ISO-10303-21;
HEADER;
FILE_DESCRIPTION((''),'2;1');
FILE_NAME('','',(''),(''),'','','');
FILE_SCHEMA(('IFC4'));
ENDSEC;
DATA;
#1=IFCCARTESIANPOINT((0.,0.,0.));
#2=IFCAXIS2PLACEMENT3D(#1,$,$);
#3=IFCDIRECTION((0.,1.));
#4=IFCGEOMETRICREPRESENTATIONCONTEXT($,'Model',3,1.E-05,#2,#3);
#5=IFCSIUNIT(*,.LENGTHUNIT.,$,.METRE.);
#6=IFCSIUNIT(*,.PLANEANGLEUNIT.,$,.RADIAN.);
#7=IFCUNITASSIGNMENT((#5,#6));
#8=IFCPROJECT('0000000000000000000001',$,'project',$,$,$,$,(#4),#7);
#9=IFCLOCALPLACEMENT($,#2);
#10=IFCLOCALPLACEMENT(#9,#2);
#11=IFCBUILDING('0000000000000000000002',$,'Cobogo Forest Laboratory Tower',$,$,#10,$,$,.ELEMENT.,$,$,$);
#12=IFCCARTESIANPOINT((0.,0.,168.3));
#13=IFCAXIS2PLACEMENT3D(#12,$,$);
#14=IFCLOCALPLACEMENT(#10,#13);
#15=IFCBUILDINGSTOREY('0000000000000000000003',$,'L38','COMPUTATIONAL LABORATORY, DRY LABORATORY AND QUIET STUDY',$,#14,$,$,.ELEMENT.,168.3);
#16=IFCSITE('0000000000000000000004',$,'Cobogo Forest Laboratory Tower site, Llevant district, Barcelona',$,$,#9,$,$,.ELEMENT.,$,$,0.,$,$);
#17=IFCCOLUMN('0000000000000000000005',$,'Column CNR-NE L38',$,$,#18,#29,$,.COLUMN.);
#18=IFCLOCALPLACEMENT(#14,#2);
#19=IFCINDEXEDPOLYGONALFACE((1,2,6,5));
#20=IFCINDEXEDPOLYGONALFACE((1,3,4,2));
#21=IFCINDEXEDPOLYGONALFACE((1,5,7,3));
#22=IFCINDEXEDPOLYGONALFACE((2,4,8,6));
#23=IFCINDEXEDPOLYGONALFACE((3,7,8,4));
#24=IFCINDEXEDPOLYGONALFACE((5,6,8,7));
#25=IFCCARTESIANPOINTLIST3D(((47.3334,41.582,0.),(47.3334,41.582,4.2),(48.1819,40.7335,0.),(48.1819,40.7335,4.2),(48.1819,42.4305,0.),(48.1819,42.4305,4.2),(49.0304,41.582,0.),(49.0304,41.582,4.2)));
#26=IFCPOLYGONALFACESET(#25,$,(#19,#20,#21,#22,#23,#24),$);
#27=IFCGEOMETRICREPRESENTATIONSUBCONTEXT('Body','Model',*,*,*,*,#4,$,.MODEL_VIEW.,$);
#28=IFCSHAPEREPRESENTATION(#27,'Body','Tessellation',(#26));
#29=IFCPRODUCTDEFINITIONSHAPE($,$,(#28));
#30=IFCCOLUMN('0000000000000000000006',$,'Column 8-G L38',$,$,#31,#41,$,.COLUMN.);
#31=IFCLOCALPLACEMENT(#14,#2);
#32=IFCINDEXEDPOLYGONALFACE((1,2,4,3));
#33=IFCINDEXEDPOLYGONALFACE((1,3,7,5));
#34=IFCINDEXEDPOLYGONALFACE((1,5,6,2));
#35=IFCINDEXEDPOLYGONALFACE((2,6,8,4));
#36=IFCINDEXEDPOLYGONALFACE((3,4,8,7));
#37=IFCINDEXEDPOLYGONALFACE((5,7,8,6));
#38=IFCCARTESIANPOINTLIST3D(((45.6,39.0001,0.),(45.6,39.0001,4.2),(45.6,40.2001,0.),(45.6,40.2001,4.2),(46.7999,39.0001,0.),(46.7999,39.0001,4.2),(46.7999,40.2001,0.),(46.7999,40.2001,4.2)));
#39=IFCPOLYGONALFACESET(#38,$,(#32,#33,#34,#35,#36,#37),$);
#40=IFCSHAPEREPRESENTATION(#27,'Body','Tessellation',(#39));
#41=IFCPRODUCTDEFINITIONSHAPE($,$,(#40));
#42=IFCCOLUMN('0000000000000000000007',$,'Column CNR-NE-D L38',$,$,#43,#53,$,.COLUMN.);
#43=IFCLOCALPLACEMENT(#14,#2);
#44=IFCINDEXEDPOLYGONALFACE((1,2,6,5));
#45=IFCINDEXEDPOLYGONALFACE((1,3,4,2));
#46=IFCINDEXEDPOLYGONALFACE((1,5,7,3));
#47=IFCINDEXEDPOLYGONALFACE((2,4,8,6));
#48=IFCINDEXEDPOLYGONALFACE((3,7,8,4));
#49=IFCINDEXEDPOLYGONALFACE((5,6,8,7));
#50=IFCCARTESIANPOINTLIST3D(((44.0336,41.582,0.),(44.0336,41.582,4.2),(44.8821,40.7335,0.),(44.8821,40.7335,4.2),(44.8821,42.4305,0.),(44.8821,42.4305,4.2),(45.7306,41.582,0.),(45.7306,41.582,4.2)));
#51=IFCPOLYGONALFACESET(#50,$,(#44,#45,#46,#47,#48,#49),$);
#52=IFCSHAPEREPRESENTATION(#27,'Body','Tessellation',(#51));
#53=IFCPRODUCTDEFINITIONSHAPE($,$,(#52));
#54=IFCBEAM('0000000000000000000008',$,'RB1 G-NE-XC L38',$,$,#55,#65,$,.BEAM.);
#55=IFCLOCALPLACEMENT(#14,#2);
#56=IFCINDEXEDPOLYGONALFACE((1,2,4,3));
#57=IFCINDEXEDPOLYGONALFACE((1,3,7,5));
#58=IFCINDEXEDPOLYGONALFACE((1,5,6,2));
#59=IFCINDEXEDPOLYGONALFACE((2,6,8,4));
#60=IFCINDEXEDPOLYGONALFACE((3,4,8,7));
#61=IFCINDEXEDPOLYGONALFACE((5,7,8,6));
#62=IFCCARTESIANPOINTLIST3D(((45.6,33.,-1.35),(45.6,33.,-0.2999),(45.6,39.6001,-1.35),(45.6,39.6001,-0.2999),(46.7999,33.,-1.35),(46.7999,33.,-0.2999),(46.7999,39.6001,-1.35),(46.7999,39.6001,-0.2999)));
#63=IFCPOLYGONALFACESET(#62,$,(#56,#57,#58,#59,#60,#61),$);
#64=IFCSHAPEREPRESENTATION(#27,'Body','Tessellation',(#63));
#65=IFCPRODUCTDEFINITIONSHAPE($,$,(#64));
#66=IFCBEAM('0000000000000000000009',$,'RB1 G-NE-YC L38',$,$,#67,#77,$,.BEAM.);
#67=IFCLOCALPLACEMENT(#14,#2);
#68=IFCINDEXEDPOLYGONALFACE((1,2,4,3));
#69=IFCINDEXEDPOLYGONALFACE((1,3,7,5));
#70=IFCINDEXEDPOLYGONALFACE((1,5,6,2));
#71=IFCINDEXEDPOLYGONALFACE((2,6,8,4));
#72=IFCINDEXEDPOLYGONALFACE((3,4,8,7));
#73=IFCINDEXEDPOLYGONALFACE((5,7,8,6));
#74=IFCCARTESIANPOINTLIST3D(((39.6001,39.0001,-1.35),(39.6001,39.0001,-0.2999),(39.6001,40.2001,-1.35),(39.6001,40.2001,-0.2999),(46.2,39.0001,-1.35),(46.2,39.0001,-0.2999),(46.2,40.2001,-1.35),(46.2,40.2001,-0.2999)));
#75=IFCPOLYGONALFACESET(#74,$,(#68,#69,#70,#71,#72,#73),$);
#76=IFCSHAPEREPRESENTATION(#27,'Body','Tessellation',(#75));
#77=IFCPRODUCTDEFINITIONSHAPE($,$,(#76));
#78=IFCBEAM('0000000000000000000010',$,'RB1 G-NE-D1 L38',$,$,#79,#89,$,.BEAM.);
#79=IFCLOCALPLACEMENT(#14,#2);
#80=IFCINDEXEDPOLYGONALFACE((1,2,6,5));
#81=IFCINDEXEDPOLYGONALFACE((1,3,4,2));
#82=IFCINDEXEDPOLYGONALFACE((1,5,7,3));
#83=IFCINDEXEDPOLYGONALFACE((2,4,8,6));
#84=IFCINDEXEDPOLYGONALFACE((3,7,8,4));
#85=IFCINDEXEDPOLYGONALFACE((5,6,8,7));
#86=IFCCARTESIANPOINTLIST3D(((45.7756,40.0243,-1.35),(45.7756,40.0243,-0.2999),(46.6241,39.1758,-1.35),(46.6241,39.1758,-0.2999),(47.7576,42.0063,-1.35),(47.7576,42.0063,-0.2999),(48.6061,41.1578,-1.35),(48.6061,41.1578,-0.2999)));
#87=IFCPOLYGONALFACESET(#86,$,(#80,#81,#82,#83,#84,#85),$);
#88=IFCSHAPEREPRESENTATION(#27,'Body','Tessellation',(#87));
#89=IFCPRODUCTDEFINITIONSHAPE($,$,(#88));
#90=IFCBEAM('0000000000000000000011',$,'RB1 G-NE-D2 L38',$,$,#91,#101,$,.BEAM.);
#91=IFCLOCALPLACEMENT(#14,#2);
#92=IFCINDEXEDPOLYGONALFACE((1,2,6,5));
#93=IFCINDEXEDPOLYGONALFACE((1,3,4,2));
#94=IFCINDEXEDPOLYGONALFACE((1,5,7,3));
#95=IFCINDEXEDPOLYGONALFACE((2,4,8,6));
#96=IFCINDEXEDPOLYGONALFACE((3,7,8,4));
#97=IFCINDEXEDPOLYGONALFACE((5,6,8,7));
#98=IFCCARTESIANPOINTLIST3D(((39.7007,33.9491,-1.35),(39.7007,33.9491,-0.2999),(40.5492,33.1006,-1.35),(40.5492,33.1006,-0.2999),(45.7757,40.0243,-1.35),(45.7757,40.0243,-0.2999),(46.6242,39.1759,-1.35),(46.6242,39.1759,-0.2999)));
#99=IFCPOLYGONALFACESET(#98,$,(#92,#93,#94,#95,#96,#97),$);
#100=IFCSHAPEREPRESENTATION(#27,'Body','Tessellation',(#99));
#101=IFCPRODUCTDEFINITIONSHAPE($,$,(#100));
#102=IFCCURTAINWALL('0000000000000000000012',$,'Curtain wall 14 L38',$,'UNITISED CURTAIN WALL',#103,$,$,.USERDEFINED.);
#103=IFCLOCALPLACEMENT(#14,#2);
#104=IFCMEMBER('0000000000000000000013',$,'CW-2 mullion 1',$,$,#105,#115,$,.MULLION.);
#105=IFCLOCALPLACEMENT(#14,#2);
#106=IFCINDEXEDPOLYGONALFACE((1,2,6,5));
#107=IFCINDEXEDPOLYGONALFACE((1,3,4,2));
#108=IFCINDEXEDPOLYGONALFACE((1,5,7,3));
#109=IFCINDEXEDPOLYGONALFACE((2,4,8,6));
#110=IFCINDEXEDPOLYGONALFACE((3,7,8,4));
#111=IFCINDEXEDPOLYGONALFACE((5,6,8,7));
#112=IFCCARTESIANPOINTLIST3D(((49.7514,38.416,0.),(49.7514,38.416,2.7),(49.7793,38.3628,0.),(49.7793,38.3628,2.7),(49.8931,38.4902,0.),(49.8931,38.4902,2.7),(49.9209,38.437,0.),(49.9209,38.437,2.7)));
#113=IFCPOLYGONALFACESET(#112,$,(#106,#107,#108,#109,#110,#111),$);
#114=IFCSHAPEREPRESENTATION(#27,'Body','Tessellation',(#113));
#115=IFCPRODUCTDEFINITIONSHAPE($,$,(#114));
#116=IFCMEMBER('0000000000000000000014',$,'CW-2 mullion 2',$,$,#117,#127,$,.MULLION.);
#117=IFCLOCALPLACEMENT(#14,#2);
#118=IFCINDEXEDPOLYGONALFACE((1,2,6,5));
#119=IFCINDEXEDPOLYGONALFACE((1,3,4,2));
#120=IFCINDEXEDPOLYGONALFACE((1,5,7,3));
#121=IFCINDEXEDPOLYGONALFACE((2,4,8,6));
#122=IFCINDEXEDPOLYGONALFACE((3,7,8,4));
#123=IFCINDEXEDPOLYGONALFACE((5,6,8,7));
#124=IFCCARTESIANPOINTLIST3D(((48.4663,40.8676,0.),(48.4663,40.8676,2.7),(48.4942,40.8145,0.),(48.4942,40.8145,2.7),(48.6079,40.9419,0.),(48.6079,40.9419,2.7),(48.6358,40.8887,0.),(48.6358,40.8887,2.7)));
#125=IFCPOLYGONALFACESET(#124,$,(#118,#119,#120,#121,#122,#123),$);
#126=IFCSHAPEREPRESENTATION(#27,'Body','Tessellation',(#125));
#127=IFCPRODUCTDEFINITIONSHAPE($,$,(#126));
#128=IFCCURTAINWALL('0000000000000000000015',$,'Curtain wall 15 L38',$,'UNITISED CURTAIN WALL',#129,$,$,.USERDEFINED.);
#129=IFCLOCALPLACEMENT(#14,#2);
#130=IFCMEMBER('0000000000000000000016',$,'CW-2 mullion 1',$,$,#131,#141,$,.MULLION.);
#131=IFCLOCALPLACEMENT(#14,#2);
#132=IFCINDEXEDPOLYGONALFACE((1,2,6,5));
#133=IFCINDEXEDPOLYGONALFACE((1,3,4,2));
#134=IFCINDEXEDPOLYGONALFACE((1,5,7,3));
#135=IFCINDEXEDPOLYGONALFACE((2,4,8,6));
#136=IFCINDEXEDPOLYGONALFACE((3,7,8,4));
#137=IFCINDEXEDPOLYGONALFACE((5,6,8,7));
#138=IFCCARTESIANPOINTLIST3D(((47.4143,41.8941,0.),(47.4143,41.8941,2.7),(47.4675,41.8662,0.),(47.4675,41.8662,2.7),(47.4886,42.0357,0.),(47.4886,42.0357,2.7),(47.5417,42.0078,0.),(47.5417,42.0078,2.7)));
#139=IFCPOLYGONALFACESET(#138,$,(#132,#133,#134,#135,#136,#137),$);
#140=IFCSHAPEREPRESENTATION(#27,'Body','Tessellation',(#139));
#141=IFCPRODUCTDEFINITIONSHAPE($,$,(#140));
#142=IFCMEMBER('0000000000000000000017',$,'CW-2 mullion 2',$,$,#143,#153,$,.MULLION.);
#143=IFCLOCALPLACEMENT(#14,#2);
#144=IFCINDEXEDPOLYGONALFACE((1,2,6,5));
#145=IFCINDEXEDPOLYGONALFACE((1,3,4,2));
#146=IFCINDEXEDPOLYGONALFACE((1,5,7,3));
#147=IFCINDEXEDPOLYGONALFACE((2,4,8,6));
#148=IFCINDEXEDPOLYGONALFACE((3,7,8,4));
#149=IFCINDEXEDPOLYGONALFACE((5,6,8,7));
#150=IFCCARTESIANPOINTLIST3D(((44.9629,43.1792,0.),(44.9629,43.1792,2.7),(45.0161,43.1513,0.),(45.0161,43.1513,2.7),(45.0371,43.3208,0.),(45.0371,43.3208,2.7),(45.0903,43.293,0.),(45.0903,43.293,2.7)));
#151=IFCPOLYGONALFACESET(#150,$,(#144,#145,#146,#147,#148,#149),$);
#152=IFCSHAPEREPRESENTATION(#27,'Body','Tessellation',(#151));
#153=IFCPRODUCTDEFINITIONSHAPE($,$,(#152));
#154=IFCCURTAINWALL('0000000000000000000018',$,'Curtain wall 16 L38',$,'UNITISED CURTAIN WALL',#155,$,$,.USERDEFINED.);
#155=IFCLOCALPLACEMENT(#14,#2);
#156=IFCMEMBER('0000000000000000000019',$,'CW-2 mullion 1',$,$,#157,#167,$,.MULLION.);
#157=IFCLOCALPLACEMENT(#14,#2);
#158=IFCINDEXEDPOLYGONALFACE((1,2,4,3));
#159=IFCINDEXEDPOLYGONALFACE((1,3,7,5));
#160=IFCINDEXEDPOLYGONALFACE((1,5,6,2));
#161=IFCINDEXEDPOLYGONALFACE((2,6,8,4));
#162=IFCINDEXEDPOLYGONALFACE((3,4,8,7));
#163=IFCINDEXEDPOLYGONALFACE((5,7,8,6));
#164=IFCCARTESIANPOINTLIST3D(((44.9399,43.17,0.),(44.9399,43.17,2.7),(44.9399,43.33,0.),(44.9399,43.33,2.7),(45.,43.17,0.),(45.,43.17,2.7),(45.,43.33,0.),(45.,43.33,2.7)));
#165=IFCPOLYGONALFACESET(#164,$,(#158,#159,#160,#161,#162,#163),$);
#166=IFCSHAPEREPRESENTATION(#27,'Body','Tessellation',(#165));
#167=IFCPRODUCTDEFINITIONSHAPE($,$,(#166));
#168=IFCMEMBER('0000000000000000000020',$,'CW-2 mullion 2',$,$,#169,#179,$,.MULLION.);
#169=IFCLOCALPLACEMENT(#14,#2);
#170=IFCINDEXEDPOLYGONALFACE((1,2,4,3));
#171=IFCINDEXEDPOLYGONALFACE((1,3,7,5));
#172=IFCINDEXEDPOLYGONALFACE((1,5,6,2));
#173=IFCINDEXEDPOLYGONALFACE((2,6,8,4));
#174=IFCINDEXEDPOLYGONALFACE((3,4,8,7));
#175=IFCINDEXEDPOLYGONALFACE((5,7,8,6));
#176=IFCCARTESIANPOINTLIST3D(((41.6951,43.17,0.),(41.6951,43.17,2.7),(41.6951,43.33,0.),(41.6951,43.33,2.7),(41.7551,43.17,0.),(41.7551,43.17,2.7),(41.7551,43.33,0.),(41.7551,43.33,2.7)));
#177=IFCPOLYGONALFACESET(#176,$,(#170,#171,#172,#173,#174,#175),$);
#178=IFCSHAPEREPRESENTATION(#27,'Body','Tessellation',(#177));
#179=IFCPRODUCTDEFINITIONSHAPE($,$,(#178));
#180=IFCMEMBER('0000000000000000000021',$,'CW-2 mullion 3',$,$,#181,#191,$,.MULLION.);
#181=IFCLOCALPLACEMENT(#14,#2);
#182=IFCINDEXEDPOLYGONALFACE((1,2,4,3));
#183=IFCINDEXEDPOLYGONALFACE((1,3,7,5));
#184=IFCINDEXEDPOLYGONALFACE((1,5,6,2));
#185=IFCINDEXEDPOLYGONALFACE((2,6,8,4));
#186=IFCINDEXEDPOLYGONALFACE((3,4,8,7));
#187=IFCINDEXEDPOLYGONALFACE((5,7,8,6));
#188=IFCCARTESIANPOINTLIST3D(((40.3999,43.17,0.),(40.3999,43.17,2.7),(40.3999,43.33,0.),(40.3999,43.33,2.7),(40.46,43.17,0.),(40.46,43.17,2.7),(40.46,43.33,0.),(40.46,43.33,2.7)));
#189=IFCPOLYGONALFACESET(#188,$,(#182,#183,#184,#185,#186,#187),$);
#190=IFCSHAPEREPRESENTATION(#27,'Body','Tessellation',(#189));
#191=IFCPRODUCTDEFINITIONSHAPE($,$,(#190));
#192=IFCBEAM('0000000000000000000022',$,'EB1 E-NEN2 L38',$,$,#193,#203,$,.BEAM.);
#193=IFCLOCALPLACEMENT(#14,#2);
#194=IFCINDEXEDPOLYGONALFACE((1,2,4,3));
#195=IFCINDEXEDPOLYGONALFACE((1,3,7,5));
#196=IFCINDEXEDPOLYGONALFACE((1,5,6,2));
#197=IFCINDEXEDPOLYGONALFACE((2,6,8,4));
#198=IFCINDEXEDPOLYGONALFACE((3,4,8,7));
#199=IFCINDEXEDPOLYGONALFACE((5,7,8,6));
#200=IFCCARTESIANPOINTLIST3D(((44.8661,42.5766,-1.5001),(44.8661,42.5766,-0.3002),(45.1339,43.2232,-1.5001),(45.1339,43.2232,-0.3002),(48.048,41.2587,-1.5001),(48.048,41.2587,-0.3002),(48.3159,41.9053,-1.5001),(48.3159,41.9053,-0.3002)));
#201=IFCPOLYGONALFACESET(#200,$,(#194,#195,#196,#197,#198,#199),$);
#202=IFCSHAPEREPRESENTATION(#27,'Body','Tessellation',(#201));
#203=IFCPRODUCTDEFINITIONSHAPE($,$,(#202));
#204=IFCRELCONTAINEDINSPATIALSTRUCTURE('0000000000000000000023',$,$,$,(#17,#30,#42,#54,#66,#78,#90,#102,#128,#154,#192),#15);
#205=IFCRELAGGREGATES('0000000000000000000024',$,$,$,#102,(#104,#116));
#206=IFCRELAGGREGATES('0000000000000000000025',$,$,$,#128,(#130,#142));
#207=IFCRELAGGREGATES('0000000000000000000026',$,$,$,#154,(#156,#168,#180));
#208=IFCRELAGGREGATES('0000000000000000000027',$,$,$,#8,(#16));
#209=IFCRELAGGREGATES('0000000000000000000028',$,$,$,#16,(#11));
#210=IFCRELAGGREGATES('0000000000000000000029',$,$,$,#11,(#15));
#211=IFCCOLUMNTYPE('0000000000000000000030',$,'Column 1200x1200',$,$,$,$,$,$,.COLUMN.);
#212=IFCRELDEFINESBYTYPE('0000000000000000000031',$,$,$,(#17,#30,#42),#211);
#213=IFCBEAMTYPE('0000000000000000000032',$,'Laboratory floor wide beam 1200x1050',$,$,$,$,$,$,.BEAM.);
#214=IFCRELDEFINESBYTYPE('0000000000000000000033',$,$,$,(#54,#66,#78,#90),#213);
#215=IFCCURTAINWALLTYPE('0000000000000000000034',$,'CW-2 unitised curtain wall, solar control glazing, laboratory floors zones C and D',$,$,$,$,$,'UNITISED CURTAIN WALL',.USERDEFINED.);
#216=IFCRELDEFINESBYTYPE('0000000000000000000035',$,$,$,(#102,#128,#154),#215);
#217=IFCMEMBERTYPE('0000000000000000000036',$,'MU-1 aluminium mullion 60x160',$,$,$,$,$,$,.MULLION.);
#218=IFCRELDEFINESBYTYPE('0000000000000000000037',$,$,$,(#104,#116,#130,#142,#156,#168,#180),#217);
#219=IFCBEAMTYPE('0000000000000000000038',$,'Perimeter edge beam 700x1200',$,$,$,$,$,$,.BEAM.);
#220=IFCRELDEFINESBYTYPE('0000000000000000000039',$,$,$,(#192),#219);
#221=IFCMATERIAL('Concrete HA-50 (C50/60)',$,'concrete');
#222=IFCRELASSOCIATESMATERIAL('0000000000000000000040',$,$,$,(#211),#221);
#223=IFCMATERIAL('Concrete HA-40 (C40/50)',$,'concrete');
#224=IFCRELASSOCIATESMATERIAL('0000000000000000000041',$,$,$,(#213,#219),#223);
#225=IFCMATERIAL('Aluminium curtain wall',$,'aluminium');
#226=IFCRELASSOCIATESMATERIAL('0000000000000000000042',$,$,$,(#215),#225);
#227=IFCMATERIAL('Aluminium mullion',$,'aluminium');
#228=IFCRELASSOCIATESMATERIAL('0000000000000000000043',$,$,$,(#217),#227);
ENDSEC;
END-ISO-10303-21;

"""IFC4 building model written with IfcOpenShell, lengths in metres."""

from ifc_helpers import new_model, si_unit, direction, frame, origin, origin_2d, place, context, subcontext, project, spatial, rectangle, extrude, material, material_profile, profile_set, type_object, element, aggregate, save


model = new_model("IFC4")

# Units and contexts
model_context = context("Model", 3, precision=1e-05, world=origin(), true_north=direction((0.0, 1.0)))
body_context = subcontext(model_context, "Body", "Model", "MODEL_VIEW")
ifc_project = project(units=[si_unit("LENGTHUNIT", "METRE"), si_unit("PLANEANGLEUNIT", "RADIAN")], contexts=[model_context])

# Site, building, storey
site_placement = place(None, origin())
site = spatial("IfcSite", under=ifc_project, at=site_placement, Name="Cobogo Forest Laboratory Tower site, Llevant district, Barcelona", CompositionType="ELEMENT", RefElevation=0.0)
building_placement = place(site_placement, origin())
building = spatial("IfcBuilding", under=site, at=building_placement, Name="Cobogo Forest Laboratory Tower", CompositionType="ELEMENT")
storey_placement = place(building_placement, frame((0.0, 0.0, 168.3)))
storey = spatial("IfcBuildingStorey", under=building, at=storey_placement, Name="L38", Description="COMPUTATIONAL LABORATORY, DRY LABORATORY AND QUIET STUDY", CompositionType="ELEMENT", Elevation=168.3)

# Columns
ifc_material_1 = material(Name="Concrete HA-50 (C50/60)", Category="concrete")
ifc_material_profile_1 = material_profile(ifc_material_1, rectangle(XDim=1.2, YDim=1.2, at=origin_2d()), Name="RC 1200x1200")
ifc_profile_set_1 = profile_set([ifc_material_profile_1], Name="Concrete HA-50 (C50/60)")
column_type = type_object("IfcColumnType", Name="Column 1200x1200", PredefinedType="COLUMN", material=ifc_profile_set_1)
for number, where, z_axis, x_axis, name in (
    (1, (48.1819, 41.582, 0.0), (0.0, 0.0, 1.0), (0.707107, 0.707107, 0.0), "Column CNR-NE L38"),
    (2, (46.2, 39.6001, 0.0), (0.0, 0.0, 1.0), (1.0, 0.0, 0.0), "Column 8-G L38"),
    (3, (44.8821, 41.582, 0.0), (0.0, 0.0, 1.0), (0.707107, 0.707107, 0.0), "Column CNR-NE-D L38"),
):
    element("IfcColumn", number, at=place(storey_placement, frame(where, z_axis=z_axis, x_axis=x_axis)), inside=storey, type_object=column_type, Name=name, PredefinedType="COLUMN", context=body_context, shape_type="SweptSolid", body=[
        extrude(rectangle(XDim=1.2, YDim=1.2, at=origin_2d()), origin(), (0.0, 0.0, 1.0), 4.2),
    ])

# Beams
ifc_material_2 = material(Name="Concrete HA-40 (C40/50)", Category="concrete")
ifc_material_profile_2 = material_profile(ifc_material_2, rectangle(XDim=1.2, YDim=1.05, at=origin_2d()), Name="RC 1200x1050")
ifc_profile_set_2 = profile_set([ifc_material_profile_2], Name="Concrete HA-40 (C40/50)")
beam_type_1 = type_object("IfcBeamType", Name="Laboratory floor wide beam 1200x1050", PredefinedType="BEAM", material=ifc_profile_set_2)
beam_1_placement = place(storey_placement, frame((46.2, 39.6001, -0.825), z_axis=(0.0, -1.0, 0.0), x_axis=(1.0, 0.0, 0.0)))
element("IfcBeam", 4, at=beam_1_placement, inside=storey, type_object=beam_type_1, Name="RB1 G-NE-XC L38", PredefinedType="BEAM", context=body_context, shape_type="SweptSolid", body=[
    extrude(rectangle(XDim=1.2, YDim=1.05, at=origin_2d()), origin(), (0.0, 0.0, 1.0), 6.6001),
])
beam_2_placement = place(storey_placement, frame((46.2, 39.6001, -0.825), z_axis=(-1.0, 0.0, 0.0), x_axis=(0.0, -1.0, 0.0)))
element("IfcBeam", 5, at=beam_2_placement, inside=storey, type_object=beam_type_1, Name="RB1 G-NE-YC L38", PredefinedType="BEAM", context=body_context, shape_type="SweptSolid", body=[
    extrude(rectangle(XDim=1.2, YDim=1.05, at=origin_2d()), origin(), (0.0, 0.0, 1.0), 6.5999),
])
beam_3_placement = place(storey_placement, frame((48.1819, 41.582, -0.825), z_axis=(-0.707107, -0.707107, 0.0), x_axis=(0.707107, -0.707107, 0.0)))
element("IfcBeam", 6, at=beam_3_placement, inside=storey, type_object=beam_type_1, Name="RB1 G-NE-D1 L38", PredefinedType="BEAM", context=body_context, shape_type="SweptSolid", body=[
    extrude(rectangle(XDim=1.2, YDim=1.05, at=origin_2d()), origin(), (0.0, 0.0, 1.0), 2.803),
])
beam_4_placement = place(storey_placement, frame((46.2, 39.6001, -0.825), z_axis=(-0.707093, -0.707121, 0.0), x_axis=(0.707121, -0.707093, 0.0)))
element("IfcBeam", 7, at=beam_4_placement, inside=storey, type_object=beam_type_1, Name="RB1 G-NE-D2 L38", PredefinedType="BEAM", context=body_context, shape_type="SweptSolid", body=[
    extrude(rectangle(XDim=1.2, YDim=1.05, at=origin_2d()), origin(), (0.0, 0.0, 1.0), 8.5916),
])

# Curtain walls, members
ifc_material_3 = material(Name="Aluminium curtain wall", Category="aluminium")
curtain_wall_type = type_object("IfcCurtainWallType", Name="CW-2 unitised curtain wall, solar control glazing, laboratory floors zones C and D", ElementType="UNITISED CURTAIN WALL", PredefinedType="USERDEFINED", material=ifc_material_3)
curtain_wall_1_placement = place(storey_placement, origin())
curtain_wall_1 = element("IfcCurtainWall", 8, at=curtain_wall_1_placement, inside=storey, type_object=curtain_wall_type, Name="Curtain wall 14 L38", ObjectType="UNITISED CURTAIN WALL", PredefinedType="USERDEFINED")
ifc_material_4 = material(Name="Aluminium mullion", Category="aluminium")
ifc_material_profile_3 = material_profile(ifc_material_4, rectangle(XDim=0.0601, YDim=0.1599, at=origin_2d()), Name="AL 60x160")
ifc_profile_set_3 = profile_set([ifc_material_profile_3], Name="Aluminium mullion")
member_type_1 = type_object("IfcMemberType", Name="MU-1 aluminium mullion 60x160", PredefinedType="MULLION", material=ifc_profile_set_3)
member_1_placement = place(storey_placement, frame((49.8362, 38.4265, 0.0), z_axis=(0.0, 0.0, 1.0), x_axis=(-0.464284, 0.885686, 0.0)))
member_1 = element("IfcMember", 9, at=member_1_placement, type_object=member_type_1, Name="CW-2 mullion 1", PredefinedType="MULLION", context=body_context, shape_type="SweptSolid", body=[
    extrude(rectangle(XDim=0.0601, YDim=0.1599, at=origin_2d()), origin(), (0.0, 0.0, 1.0), 2.7),
])
member_2_placement = place(storey_placement, frame((48.551, 40.8782, 0.0), z_axis=(0.0, 0.0, 1.0), x_axis=(-0.464284, 0.885686, 0.0)))
member_2 = element("IfcMember", 10, at=member_2_placement, type_object=member_type_1, Name="CW-2 mullion 2", PredefinedType="MULLION", context=body_context, shape_type="SweptSolid", body=[
    extrude(rectangle(XDim=0.0601, YDim=0.1599, at=origin_2d()), origin(), (0.0, 0.0, 1.0), 2.7),
])
curtain_wall_2_placement = place(storey_placement, origin())
curtain_wall_2 = element("IfcCurtainWall", 11, at=curtain_wall_2_placement, inside=storey, type_object=curtain_wall_type, Name="Curtain wall 15 L38", ObjectType="UNITISED CURTAIN WALL", PredefinedType="USERDEFINED")
member_3_placement = place(storey_placement, frame((47.478, 41.9509, 0.0), z_axis=(0.0, 0.0, 1.0), x_axis=(-0.885686, 0.464284, 0.0)))
member_3 = element("IfcMember", 12, at=member_3_placement, type_object=member_type_1, Name="CW-2 mullion 1", PredefinedType="MULLION", context=body_context, shape_type="SweptSolid", body=[
    extrude(rectangle(XDim=0.0601, YDim=0.1599, at=origin_2d()), origin(), (0.0, 0.0, 1.0), 2.7),
])
member_4_placement = place(storey_placement, frame((45.0266, 43.2361, 0.0), z_axis=(0.0, 0.0, 1.0), x_axis=(-0.885686, 0.464284, 0.0)))
member_4 = element("IfcMember", 13, at=member_4_placement, type_object=member_type_1, Name="CW-2 mullion 2", PredefinedType="MULLION", context=body_context, shape_type="SweptSolid", body=[
    extrude(rectangle(XDim=0.0601, YDim=0.1599, at=origin_2d()), origin(), (0.0, 0.0, 1.0), 2.7),
])
curtain_wall_3_placement = place(storey_placement, origin())
curtain_wall_3 = element("IfcCurtainWall", 14, at=curtain_wall_3_placement, inside=storey, type_object=curtain_wall_type, Name="Curtain wall 16 L38", ObjectType="UNITISED CURTAIN WALL", PredefinedType="USERDEFINED")
member_5_placement = place(storey_placement, frame((44.97, 43.25, 0.0), z_axis=(0.0, 0.0, 1.0), x_axis=(-1.0, 0.0, 0.0)))
member_5 = element("IfcMember", 15, at=member_5_placement, type_object=member_type_1, Name="CW-2 mullion 1", PredefinedType="MULLION", context=body_context, shape_type="SweptSolid", body=[
    extrude(rectangle(XDim=0.0601, YDim=0.1599, at=origin_2d()), origin(), (0.0, 0.0, 1.0), 2.7),
])
member_6_placement = place(storey_placement, frame((41.7251, 43.25, 0.0), z_axis=(0.0, 0.0, 1.0), x_axis=(-1.0, 0.0, 0.0)))
member_6 = element("IfcMember", 16, at=member_6_placement, type_object=member_type_1, Name="CW-2 mullion 2", PredefinedType="MULLION", context=body_context, shape_type="SweptSolid", body=[
    extrude(rectangle(XDim=0.0601, YDim=0.1599, at=origin_2d()), origin(), (0.0, 0.0, 1.0), 2.7),
])
member_7_placement = place(storey_placement, frame((40.4299, 43.25, 0.0), z_axis=(0.0, 0.0, 1.0), x_axis=(-1.0, 0.0, 0.0)))
member_7 = element("IfcMember", 17, at=member_7_placement, type_object=member_type_1, Name="CW-2 mullion 3", PredefinedType="MULLION", context=body_context, shape_type="SweptSolid", body=[
    extrude(rectangle(XDim=0.0601, YDim=0.1599, at=origin_2d()), origin(), (0.0, 0.0, 1.0), 2.7),
])

# Beam
ifc_material_profile_4 = material_profile(ifc_material_2, rectangle(XDim=0.7, YDim=1.2, at=origin_2d()), Name="RC 700x1200")
ifc_profile_set_4 = profile_set([ifc_material_profile_4], Name="Concrete HA-40 (C40/50)")
beam_type_2 = type_object("IfcBeamType", Name="Perimeter edge beam 700x1200", PredefinedType="BEAM", material=ifc_profile_set_4)
beam_5_placement = place(storey_placement, frame((45.0, 42.8999, -0.9001), z_axis=(0.923891, -0.382656, 0.0), x_axis=(0.382656, 0.923891, 0.0)))
element("IfcBeam", 18, at=beam_5_placement, inside=storey, type_object=beam_type_2, Name="EB1 E-NEN2 L38", PredefinedType="BEAM", context=body_context, shape_type="SweptSolid", body=[
    extrude(rectangle(XDim=0.7, YDim=1.2, at=origin_2d()), origin(), (0.0, 0.0, 1.0), 3.4441),
])

aggregate(curtain_wall_1, [member_1, member_2])
aggregate(curtain_wall_2, [member_3, member_4])
aggregate(curtain_wall_3, [member_5, member_6, member_7])

save(model, "model.ifc")
